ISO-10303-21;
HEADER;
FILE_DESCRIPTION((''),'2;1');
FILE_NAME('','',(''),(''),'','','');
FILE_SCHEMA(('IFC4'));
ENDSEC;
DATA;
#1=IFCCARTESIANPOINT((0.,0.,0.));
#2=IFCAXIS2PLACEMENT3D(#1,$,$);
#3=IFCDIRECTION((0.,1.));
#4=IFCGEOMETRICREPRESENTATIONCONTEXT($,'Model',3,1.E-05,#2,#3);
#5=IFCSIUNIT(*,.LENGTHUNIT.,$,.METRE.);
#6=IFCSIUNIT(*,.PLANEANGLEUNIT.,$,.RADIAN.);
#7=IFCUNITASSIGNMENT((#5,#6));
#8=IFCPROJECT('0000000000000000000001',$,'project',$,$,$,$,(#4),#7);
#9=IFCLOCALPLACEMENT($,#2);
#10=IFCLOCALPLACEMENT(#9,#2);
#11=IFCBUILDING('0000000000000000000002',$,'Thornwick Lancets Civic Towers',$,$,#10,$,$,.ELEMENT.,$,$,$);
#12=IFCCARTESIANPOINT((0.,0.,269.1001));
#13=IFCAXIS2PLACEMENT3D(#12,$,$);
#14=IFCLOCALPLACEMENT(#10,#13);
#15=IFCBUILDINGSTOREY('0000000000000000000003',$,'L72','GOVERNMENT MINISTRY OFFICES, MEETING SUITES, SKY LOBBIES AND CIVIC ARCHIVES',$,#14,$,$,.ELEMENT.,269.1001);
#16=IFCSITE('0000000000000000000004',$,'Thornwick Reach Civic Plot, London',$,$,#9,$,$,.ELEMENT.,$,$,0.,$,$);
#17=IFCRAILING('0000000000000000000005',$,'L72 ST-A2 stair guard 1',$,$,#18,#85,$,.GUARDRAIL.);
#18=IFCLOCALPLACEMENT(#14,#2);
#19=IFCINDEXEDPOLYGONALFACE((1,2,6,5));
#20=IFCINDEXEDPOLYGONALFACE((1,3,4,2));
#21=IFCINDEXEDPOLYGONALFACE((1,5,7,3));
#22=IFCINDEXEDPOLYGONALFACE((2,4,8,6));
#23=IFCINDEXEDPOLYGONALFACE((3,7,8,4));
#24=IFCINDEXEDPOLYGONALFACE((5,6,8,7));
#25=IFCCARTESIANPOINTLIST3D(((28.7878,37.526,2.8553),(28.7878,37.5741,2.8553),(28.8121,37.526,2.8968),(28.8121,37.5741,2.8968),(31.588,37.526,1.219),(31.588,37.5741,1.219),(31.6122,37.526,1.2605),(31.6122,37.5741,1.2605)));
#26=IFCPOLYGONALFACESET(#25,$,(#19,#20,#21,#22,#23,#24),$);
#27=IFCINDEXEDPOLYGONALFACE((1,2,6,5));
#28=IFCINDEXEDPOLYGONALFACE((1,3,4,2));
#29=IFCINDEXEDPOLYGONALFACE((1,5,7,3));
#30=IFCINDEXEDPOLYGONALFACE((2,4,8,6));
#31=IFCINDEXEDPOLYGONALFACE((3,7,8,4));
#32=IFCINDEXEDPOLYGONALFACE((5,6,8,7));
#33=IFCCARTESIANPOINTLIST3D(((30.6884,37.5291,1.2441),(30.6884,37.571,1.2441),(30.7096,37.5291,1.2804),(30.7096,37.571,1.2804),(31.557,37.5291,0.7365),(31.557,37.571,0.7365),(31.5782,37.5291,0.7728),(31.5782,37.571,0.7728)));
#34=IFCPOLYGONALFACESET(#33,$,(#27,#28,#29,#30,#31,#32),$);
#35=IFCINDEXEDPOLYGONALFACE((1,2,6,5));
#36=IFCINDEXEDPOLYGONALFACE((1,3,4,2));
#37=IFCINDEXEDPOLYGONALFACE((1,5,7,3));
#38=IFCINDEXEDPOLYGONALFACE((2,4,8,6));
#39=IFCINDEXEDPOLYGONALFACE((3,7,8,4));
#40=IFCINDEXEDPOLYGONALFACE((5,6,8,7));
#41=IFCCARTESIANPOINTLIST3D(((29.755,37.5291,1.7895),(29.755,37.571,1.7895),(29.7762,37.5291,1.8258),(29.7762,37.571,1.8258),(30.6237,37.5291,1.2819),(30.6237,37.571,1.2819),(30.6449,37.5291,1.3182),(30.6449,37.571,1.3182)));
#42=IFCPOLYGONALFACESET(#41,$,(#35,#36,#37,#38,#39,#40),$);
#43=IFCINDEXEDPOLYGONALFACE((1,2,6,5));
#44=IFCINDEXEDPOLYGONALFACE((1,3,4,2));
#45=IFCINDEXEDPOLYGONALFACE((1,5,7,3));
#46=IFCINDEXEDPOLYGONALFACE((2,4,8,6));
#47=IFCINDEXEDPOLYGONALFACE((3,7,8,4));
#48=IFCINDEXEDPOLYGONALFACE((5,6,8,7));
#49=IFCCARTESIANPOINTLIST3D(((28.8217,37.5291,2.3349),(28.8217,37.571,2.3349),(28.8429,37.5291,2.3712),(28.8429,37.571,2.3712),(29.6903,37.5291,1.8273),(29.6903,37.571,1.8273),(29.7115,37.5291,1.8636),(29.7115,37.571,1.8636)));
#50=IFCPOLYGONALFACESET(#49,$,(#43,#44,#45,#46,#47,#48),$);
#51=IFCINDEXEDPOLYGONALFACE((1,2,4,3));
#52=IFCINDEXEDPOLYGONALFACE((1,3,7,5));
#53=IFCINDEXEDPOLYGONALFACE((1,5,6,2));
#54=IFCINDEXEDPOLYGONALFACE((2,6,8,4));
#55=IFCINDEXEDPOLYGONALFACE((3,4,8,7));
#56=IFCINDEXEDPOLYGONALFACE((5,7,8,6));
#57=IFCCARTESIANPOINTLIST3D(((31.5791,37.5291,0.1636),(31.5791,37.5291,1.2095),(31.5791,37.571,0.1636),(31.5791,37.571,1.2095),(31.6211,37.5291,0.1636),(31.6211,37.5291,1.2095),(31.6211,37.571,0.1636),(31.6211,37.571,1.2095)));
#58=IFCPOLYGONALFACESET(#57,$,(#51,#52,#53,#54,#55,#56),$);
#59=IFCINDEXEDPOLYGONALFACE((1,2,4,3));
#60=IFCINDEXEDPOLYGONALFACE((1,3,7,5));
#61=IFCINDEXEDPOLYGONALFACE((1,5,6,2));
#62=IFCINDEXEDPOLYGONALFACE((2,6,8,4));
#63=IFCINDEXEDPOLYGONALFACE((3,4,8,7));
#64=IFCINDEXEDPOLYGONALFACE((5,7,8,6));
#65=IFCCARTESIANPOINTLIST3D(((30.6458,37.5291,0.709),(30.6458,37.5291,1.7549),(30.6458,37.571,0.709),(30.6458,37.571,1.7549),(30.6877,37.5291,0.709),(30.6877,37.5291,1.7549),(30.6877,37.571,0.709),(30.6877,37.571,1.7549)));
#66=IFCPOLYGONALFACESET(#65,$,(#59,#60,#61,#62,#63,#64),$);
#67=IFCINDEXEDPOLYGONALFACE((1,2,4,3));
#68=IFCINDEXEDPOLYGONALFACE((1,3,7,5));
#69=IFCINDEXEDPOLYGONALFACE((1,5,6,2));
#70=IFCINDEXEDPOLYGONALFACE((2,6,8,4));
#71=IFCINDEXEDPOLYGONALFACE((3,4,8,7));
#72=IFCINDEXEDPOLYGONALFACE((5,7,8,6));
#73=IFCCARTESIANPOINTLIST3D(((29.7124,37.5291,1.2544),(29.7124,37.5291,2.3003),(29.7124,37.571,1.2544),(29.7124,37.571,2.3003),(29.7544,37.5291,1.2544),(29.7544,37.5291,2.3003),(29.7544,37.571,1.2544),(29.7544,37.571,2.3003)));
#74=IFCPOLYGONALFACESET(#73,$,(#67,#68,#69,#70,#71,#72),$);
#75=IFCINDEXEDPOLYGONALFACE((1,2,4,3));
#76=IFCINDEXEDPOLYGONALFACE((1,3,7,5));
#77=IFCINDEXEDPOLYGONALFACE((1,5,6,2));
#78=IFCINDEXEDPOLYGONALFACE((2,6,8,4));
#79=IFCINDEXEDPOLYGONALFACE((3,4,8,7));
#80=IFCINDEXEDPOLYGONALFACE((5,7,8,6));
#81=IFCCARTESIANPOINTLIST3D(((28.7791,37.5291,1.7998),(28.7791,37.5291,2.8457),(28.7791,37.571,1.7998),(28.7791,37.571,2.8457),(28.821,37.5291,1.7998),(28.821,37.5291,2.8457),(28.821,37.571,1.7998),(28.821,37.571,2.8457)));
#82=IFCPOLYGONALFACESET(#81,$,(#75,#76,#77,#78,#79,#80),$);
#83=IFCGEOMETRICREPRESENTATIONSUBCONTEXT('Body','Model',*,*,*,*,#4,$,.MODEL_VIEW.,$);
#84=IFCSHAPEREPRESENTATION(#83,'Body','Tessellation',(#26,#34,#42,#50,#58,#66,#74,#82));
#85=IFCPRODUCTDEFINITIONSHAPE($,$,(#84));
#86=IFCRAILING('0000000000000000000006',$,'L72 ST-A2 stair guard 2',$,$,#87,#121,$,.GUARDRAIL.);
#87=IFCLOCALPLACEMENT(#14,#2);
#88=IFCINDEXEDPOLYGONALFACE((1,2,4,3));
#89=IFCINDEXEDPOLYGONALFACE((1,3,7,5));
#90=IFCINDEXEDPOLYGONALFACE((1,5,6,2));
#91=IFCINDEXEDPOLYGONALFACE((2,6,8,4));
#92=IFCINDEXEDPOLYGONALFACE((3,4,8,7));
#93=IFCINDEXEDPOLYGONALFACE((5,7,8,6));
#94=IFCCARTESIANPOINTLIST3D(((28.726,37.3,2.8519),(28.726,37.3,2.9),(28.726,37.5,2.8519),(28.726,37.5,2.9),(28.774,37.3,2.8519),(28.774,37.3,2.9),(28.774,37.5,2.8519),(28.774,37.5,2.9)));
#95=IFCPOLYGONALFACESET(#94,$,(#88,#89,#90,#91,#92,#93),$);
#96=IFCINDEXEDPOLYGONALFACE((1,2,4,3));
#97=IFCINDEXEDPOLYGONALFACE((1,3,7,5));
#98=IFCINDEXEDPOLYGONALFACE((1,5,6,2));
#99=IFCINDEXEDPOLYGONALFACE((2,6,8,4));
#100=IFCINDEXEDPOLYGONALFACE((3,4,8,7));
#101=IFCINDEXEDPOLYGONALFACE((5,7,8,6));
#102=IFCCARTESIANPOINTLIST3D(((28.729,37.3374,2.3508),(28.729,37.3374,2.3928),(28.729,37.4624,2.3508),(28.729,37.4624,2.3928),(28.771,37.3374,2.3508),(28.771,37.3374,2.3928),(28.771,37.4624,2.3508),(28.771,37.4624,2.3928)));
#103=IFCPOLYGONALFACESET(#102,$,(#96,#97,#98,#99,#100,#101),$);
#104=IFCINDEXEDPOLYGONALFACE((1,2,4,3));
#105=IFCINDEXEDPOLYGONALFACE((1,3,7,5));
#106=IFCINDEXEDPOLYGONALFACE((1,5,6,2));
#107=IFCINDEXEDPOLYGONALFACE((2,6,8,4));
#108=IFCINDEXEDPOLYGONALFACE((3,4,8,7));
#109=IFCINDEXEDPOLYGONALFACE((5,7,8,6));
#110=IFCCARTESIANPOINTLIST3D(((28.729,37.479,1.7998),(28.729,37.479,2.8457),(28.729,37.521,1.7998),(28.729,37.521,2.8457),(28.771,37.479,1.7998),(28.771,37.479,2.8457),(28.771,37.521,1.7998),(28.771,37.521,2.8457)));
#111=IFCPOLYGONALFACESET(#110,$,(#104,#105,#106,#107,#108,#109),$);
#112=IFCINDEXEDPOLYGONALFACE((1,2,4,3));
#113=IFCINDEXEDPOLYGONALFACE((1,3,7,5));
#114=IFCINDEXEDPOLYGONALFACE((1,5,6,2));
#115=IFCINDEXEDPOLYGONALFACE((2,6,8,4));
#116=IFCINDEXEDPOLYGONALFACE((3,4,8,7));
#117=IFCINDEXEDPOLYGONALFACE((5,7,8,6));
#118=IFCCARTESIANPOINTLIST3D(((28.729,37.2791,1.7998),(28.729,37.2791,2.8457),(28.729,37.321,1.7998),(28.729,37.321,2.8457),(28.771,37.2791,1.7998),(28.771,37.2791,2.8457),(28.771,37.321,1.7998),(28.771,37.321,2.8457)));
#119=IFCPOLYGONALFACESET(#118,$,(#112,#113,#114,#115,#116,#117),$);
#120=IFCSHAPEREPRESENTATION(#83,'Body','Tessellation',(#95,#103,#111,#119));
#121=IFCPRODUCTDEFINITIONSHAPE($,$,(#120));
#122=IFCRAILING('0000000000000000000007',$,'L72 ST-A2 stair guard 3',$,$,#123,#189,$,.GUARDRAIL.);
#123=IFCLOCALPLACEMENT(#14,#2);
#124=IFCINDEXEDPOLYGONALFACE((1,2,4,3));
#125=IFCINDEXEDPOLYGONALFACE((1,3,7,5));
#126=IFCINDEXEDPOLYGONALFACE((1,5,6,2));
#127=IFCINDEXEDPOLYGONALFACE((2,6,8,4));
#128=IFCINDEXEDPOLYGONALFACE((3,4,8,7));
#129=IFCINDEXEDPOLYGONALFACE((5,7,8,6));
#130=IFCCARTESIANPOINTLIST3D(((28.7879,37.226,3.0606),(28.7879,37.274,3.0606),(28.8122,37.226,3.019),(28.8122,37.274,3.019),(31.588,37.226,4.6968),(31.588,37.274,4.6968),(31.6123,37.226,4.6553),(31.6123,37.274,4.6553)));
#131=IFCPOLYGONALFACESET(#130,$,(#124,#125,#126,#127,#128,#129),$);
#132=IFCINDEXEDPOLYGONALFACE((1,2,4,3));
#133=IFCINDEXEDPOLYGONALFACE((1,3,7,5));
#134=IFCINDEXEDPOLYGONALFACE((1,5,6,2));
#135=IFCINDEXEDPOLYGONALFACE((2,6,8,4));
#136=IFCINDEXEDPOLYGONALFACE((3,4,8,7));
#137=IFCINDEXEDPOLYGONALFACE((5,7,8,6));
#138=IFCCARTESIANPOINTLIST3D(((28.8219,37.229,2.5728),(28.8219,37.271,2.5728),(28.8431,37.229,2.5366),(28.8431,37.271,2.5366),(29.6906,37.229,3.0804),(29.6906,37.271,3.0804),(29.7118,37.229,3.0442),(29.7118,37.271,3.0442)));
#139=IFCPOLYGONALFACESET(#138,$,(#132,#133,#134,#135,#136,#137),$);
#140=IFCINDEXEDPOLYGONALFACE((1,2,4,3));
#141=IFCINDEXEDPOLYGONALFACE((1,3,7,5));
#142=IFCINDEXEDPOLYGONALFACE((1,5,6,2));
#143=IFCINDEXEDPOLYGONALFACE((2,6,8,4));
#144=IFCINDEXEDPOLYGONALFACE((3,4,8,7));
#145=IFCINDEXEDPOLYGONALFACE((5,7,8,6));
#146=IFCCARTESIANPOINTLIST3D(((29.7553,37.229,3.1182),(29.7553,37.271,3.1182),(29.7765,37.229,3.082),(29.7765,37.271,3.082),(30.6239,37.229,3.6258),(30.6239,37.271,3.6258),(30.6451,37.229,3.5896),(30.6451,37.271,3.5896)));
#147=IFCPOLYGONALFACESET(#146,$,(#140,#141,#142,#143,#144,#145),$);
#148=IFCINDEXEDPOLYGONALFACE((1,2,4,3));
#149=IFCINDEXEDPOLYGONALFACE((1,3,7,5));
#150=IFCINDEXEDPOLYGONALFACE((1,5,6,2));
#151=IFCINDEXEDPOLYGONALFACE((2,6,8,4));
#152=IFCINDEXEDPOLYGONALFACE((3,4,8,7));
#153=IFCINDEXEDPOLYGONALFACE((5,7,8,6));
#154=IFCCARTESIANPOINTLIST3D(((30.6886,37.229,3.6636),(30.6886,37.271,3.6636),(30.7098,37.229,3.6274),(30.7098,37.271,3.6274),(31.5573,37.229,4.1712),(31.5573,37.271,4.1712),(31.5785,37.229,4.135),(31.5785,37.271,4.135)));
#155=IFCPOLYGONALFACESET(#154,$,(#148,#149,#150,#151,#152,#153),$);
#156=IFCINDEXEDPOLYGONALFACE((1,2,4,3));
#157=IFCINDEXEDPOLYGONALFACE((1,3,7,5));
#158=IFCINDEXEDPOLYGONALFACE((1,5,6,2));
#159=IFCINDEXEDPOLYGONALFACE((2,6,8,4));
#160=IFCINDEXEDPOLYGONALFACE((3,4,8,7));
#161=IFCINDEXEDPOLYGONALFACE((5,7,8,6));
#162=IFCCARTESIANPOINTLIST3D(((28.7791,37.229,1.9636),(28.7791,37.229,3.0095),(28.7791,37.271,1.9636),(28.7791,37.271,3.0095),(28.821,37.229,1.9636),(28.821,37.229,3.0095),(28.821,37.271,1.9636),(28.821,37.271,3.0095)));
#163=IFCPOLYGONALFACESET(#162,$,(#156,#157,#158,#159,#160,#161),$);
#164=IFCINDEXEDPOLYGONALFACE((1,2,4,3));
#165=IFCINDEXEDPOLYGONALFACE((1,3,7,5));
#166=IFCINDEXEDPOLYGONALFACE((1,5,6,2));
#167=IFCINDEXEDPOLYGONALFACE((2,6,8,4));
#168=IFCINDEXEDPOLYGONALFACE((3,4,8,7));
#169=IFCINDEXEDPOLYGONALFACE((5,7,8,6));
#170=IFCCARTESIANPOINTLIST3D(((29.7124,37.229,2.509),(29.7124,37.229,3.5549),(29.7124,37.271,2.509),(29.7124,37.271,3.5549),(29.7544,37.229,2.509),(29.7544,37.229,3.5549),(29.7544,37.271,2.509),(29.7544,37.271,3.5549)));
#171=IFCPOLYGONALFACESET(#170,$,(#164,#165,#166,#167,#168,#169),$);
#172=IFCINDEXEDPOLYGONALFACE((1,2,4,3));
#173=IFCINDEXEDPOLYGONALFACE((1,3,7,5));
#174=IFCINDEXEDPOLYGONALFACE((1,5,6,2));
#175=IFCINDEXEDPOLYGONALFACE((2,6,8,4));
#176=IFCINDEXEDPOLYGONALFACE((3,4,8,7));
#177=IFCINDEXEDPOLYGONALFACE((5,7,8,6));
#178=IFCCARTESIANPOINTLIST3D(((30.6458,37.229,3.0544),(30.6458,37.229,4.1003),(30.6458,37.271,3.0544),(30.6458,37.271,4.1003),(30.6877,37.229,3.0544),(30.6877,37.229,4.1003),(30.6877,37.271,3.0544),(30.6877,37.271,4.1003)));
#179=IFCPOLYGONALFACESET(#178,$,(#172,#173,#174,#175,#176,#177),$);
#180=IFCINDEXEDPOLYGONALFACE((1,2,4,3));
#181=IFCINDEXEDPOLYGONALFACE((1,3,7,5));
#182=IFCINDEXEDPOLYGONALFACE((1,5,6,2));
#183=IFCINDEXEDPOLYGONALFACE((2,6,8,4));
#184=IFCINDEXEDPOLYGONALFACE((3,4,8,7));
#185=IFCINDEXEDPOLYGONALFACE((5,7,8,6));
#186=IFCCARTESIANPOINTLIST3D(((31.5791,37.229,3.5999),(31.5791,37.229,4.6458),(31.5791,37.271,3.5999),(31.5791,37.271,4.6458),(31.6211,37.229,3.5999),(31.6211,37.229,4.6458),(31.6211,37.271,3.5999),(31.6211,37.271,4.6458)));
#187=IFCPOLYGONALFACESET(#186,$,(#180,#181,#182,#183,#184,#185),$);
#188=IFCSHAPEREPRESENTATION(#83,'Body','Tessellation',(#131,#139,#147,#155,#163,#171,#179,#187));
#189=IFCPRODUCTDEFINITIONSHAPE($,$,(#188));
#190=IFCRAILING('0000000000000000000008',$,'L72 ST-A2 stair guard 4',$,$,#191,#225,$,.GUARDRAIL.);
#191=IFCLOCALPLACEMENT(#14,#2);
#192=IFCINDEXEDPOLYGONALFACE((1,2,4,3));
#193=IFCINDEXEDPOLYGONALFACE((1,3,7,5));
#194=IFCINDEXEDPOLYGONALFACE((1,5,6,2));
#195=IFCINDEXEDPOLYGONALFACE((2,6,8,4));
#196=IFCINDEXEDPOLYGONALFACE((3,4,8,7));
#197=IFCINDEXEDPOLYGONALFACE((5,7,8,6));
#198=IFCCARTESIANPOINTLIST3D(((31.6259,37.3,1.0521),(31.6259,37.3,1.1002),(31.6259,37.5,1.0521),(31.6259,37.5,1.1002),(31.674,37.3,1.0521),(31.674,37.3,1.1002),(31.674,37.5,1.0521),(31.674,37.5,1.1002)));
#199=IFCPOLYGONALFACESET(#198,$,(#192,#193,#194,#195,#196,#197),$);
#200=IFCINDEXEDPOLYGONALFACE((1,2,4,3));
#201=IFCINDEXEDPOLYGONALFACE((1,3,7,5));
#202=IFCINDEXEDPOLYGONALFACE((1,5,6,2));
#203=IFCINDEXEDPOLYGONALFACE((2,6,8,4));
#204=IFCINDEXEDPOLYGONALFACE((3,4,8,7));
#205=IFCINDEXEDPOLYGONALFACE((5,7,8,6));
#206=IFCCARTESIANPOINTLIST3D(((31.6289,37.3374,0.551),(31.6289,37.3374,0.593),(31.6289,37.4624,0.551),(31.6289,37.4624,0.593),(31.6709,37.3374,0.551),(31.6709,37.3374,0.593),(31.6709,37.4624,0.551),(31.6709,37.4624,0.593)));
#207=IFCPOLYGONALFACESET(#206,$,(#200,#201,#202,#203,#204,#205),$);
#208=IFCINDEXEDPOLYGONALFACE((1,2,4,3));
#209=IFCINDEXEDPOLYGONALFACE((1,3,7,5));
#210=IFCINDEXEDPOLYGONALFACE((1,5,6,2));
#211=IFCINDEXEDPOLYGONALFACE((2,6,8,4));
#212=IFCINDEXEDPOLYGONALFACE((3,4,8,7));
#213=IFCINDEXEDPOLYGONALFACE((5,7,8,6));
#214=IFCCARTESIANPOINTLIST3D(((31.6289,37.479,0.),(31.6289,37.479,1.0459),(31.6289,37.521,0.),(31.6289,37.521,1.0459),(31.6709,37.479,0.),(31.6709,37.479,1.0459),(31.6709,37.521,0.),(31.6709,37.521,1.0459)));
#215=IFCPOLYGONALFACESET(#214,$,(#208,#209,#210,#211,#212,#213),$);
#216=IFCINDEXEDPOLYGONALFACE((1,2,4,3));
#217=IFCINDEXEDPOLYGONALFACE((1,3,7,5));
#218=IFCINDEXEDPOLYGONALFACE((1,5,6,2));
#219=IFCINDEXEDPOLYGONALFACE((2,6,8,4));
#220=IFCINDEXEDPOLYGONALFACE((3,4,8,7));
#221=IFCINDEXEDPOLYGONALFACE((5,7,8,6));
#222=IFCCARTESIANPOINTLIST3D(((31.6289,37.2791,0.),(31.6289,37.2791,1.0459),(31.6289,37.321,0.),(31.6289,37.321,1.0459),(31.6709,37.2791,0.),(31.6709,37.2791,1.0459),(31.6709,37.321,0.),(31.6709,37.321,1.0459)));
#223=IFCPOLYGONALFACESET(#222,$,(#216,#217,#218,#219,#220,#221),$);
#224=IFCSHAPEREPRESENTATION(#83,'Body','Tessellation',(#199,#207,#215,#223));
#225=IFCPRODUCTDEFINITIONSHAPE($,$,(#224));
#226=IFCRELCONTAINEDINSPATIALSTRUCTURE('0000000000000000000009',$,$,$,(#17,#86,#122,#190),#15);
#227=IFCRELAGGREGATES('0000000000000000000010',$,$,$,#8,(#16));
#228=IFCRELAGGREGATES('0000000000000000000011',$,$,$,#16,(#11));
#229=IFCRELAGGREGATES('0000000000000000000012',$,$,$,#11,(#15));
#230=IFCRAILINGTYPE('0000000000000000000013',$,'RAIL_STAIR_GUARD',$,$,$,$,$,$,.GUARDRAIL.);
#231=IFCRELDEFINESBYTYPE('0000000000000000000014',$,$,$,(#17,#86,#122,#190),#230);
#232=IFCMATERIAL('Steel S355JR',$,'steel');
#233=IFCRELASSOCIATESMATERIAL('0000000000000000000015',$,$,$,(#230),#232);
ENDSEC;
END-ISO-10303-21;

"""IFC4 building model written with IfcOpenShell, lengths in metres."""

from ifc_helpers import new_model, si_unit, direction, frame, origin, origin_2d, place, context, subcontext, project, spatial, rectangle, extrude, material, type_object, element, save


model = new_model("IFC4")

# Units and contexts
model_context = context("Model", 3, precision=1e-05, world=origin(), true_north=direction((0.0, 1.0)))
body_context = subcontext(model_context, "Body", "Model", "MODEL_VIEW")
ifc_project = project(units=[si_unit("LENGTHUNIT", "METRE"), si_unit("PLANEANGLEUNIT", "RADIAN")], contexts=[model_context])

# Site, building, storey
site_placement = place(None, origin())
site = spatial("IfcSite", under=ifc_project, at=site_placement, Name="Thornwick Reach Civic Plot, London", CompositionType="ELEMENT", RefElevation=0.0)
building_placement = place(site_placement, origin())
building = spatial("IfcBuilding", under=site, at=building_placement, Name="Thornwick Lancets Civic Towers", CompositionType="ELEMENT")
storey_placement = place(building_placement, frame((0.0, 0.0, 269.1001)))
storey = spatial("IfcBuildingStorey", under=building, at=storey_placement, Name="L72", Description="GOVERNMENT MINISTRY OFFICES, MEETING SUITES, SKY LOBBIES AND CIVIC ARCHIVES", CompositionType="ELEMENT", Elevation=269.1001)

# Shared definitions
ifc_material_1 = material(Name="Steel S355JR", Category="steel")

# Railings
railing_type_1 = type_object("IfcRailingType", Name="RAIL_STAIR_GUARD", PredefinedType="GUARDRAIL", material=ifc_material_1)
railing_1_placement = place(storey_placement, frame((31.6001, 37.55, 0.1636)))
element("IfcRailing", 1, at=railing_1_placement, inside=storey, type_object=railing_type_1, Name="L72 ST-A2 stair guard 1", PredefinedType="GUARDRAIL", context=body_context, shape_type="SweptSolid", body=[
    extrude(rectangle(XDim=0.0481, YDim=0.0481, at=origin_2d()), frame((0.0, 0.0, 1.0762), z_axis=(-0.863394, 0.0, 0.504531), x_axis=(0.0, -1.0, 0.0)), (0.0, 0.0, 1.0), 3.2432),
    extrude(rectangle(XDim=0.042, YDim=0.042, at=origin_2d()), frame((-0.0325, 0.0, 0.5911), z_axis=(-0.863394, 0.0, 0.504531), x_axis=(0.0, -1.0, 0.0)), (0.0, 0.0, 1.0), 1.0061),
    extrude(rectangle(XDim=0.042, YDim=0.042, at=origin_2d()), frame((-0.9658, 0.0, 1.1365), z_axis=(-0.863394, 0.0, 0.504531), x_axis=(0.0, -1.0, 0.0)), (0.0, 0.0, 1.0), 1.0061),
    extrude(rectangle(XDim=0.042, YDim=0.042, at=origin_2d()), frame((-1.8992, 0.0, 1.6819), z_axis=(-0.863394, 0.0, 0.504531), x_axis=(0.0, -1.0, 0.0)), (0.0, 0.0, 1.0), 1.0061),
    extrude(rectangle(XDim=0.042, YDim=0.042, at=origin_2d()), origin(), (0.0, 0.0, 1.0), 1.0459),
    extrude(rectangle(XDim=0.042, YDim=0.042, at=origin_2d()), frame((-0.9333, 0.0, 0.5454)), (0.0, 0.0, 1.0), 1.0459),
    extrude(rectangle(XDim=0.042, YDim=0.042, at=origin_2d()), frame((-1.8667, 0.0, 1.0908)), (0.0, 0.0, 1.0), 1.0459),
    extrude(rectangle(XDim=0.042, YDim=0.042, at=origin_2d()), frame((-2.8, 0.0, 1.6362)), (0.0, 0.0, 1.0), 1.0459),
])
railing_2_placement = place(storey_placement, frame((28.75, 37.5, 1.7998)))
element("IfcRailing", 2, at=railing_2_placement, inside=storey, type_object=railing_type_1, Name="L72 ST-A2 stair guard 2", PredefinedType="GUARDRAIL", context=body_context, shape_type="SweptSolid", body=[
    extrude(rectangle(XDim=0.0481, YDim=0.0481, at=origin_2d()), frame((0.0, 0.0, 1.0762), z_axis=(0.0, -1.0, 0.0), x_axis=(1.0, 0.0, 0.0)), (0.0, 0.0, 1.0), 0.2),
    extrude(rectangle(XDim=0.042, YDim=0.042, at=origin_2d()), frame((0.0, -0.0376, 0.572), z_axis=(0.0, -1.0, 0.0), x_axis=(1.0, 0.0, 0.0)), (0.0, 0.0, 1.0), 0.125),
    extrude(rectangle(XDim=0.042, YDim=0.042, at=origin_2d()), origin(), (0.0, 0.0, 1.0), 1.0459),
    extrude(rectangle(XDim=0.042, YDim=0.042, at=origin_2d()), frame((0.0, -0.2, 0.0)), (0.0, 0.0, 1.0), 1.0459),
])
railing_3_placement = place(storey_placement, frame((28.8, 37.25, 1.9636)))
element("IfcRailing", 3, at=railing_3_placement, inside=storey, type_object=railing_type_1, Name="L72 ST-A2 stair guard 3", PredefinedType="GUARDRAIL", context=body_context, shape_type="SweptSolid", body=[
    extrude(rectangle(XDim=0.0481, YDim=0.0481, at=origin_2d()), frame((0.0, 0.0, 1.0762), z_axis=(0.863394, 0.0, 0.504531), x_axis=(0.0, 1.0, 0.0)), (0.0, 0.0, 1.0), 3.2432),
    extrude(rectangle(XDim=0.042, YDim=0.042, at=origin_2d()), frame((0.0325, 0.0, 0.5911), z_axis=(0.863394, 0.0, 0.504531), x_axis=(0.0, 1.0, 0.0)), (0.0, 0.0, 1.0), 1.0061),
    extrude(rectangle(XDim=0.042, YDim=0.042, at=origin_2d()), frame((0.9658, 0.0, 1.1365), z_axis=(0.863394, 0.0, 0.504531), x_axis=(0.0, 1.0, 0.0)), (0.0, 0.0, 1.0), 1.0061),
    extrude(rectangle(XDim=0.042, YDim=0.042, at=origin_2d()), frame((1.8992, 0.0, 1.6819), z_axis=(0.863394, 0.0, 0.504531), x_axis=(0.0, 1.0, 0.0)), (0.0, 0.0, 1.0), 1.0061),
    extrude(rectangle(XDim=0.042, YDim=0.042, at=origin_2d()), origin(), (0.0, 0.0, 1.0), 1.0459),
    extrude(rectangle(XDim=0.042, YDim=0.042, at=origin_2d()), frame((0.9333, 0.0, 0.5454)), (0.0, 0.0, 1.0), 1.0459),
    extrude(rectangle(XDim=0.042, YDim=0.042, at=origin_2d()), frame((1.8667, 0.0, 1.0908)), (0.0, 0.0, 1.0), 1.0459),
    extrude(rectangle(XDim=0.042, YDim=0.042, at=origin_2d()), frame((2.8, 0.0, 1.6362)), (0.0, 0.0, 1.0), 1.0459),
])
railing_4_placement = place(storey_placement, frame((31.6499, 37.5, 0.0)))
element("IfcRailing", 4, at=railing_4_placement, inside=storey, type_object=railing_type_1, Name="L72 ST-A2 stair guard 4", PredefinedType="GUARDRAIL", context=body_context, shape_type="SweptSolid", body=[
    extrude(rectangle(XDim=0.0481, YDim=0.0481, at=origin_2d()), frame((0.0, 0.0, 1.0762), z_axis=(0.0, -1.0, 0.0), x_axis=(1.0, 0.0, 0.0)), (0.0, 0.0, 1.0), 0.2),
    extrude(rectangle(XDim=0.042, YDim=0.042, at=origin_2d()), frame((0.0, -0.0376, 0.572), z_axis=(0.0, -1.0, 0.0), x_axis=(1.0, 0.0, 0.0)), (0.0, 0.0, 1.0), 0.125),
    extrude(rectangle(XDim=0.042, YDim=0.042, at=origin_2d()), origin(), (0.0, 0.0, 1.0), 1.0459),
    extrude(rectangle(XDim=0.042, YDim=0.042, at=origin_2d()), frame((0.0, -0.2, 0.0)), (0.0, 0.0, 1.0), 1.0459),
])

save(model, "model.ifc")
